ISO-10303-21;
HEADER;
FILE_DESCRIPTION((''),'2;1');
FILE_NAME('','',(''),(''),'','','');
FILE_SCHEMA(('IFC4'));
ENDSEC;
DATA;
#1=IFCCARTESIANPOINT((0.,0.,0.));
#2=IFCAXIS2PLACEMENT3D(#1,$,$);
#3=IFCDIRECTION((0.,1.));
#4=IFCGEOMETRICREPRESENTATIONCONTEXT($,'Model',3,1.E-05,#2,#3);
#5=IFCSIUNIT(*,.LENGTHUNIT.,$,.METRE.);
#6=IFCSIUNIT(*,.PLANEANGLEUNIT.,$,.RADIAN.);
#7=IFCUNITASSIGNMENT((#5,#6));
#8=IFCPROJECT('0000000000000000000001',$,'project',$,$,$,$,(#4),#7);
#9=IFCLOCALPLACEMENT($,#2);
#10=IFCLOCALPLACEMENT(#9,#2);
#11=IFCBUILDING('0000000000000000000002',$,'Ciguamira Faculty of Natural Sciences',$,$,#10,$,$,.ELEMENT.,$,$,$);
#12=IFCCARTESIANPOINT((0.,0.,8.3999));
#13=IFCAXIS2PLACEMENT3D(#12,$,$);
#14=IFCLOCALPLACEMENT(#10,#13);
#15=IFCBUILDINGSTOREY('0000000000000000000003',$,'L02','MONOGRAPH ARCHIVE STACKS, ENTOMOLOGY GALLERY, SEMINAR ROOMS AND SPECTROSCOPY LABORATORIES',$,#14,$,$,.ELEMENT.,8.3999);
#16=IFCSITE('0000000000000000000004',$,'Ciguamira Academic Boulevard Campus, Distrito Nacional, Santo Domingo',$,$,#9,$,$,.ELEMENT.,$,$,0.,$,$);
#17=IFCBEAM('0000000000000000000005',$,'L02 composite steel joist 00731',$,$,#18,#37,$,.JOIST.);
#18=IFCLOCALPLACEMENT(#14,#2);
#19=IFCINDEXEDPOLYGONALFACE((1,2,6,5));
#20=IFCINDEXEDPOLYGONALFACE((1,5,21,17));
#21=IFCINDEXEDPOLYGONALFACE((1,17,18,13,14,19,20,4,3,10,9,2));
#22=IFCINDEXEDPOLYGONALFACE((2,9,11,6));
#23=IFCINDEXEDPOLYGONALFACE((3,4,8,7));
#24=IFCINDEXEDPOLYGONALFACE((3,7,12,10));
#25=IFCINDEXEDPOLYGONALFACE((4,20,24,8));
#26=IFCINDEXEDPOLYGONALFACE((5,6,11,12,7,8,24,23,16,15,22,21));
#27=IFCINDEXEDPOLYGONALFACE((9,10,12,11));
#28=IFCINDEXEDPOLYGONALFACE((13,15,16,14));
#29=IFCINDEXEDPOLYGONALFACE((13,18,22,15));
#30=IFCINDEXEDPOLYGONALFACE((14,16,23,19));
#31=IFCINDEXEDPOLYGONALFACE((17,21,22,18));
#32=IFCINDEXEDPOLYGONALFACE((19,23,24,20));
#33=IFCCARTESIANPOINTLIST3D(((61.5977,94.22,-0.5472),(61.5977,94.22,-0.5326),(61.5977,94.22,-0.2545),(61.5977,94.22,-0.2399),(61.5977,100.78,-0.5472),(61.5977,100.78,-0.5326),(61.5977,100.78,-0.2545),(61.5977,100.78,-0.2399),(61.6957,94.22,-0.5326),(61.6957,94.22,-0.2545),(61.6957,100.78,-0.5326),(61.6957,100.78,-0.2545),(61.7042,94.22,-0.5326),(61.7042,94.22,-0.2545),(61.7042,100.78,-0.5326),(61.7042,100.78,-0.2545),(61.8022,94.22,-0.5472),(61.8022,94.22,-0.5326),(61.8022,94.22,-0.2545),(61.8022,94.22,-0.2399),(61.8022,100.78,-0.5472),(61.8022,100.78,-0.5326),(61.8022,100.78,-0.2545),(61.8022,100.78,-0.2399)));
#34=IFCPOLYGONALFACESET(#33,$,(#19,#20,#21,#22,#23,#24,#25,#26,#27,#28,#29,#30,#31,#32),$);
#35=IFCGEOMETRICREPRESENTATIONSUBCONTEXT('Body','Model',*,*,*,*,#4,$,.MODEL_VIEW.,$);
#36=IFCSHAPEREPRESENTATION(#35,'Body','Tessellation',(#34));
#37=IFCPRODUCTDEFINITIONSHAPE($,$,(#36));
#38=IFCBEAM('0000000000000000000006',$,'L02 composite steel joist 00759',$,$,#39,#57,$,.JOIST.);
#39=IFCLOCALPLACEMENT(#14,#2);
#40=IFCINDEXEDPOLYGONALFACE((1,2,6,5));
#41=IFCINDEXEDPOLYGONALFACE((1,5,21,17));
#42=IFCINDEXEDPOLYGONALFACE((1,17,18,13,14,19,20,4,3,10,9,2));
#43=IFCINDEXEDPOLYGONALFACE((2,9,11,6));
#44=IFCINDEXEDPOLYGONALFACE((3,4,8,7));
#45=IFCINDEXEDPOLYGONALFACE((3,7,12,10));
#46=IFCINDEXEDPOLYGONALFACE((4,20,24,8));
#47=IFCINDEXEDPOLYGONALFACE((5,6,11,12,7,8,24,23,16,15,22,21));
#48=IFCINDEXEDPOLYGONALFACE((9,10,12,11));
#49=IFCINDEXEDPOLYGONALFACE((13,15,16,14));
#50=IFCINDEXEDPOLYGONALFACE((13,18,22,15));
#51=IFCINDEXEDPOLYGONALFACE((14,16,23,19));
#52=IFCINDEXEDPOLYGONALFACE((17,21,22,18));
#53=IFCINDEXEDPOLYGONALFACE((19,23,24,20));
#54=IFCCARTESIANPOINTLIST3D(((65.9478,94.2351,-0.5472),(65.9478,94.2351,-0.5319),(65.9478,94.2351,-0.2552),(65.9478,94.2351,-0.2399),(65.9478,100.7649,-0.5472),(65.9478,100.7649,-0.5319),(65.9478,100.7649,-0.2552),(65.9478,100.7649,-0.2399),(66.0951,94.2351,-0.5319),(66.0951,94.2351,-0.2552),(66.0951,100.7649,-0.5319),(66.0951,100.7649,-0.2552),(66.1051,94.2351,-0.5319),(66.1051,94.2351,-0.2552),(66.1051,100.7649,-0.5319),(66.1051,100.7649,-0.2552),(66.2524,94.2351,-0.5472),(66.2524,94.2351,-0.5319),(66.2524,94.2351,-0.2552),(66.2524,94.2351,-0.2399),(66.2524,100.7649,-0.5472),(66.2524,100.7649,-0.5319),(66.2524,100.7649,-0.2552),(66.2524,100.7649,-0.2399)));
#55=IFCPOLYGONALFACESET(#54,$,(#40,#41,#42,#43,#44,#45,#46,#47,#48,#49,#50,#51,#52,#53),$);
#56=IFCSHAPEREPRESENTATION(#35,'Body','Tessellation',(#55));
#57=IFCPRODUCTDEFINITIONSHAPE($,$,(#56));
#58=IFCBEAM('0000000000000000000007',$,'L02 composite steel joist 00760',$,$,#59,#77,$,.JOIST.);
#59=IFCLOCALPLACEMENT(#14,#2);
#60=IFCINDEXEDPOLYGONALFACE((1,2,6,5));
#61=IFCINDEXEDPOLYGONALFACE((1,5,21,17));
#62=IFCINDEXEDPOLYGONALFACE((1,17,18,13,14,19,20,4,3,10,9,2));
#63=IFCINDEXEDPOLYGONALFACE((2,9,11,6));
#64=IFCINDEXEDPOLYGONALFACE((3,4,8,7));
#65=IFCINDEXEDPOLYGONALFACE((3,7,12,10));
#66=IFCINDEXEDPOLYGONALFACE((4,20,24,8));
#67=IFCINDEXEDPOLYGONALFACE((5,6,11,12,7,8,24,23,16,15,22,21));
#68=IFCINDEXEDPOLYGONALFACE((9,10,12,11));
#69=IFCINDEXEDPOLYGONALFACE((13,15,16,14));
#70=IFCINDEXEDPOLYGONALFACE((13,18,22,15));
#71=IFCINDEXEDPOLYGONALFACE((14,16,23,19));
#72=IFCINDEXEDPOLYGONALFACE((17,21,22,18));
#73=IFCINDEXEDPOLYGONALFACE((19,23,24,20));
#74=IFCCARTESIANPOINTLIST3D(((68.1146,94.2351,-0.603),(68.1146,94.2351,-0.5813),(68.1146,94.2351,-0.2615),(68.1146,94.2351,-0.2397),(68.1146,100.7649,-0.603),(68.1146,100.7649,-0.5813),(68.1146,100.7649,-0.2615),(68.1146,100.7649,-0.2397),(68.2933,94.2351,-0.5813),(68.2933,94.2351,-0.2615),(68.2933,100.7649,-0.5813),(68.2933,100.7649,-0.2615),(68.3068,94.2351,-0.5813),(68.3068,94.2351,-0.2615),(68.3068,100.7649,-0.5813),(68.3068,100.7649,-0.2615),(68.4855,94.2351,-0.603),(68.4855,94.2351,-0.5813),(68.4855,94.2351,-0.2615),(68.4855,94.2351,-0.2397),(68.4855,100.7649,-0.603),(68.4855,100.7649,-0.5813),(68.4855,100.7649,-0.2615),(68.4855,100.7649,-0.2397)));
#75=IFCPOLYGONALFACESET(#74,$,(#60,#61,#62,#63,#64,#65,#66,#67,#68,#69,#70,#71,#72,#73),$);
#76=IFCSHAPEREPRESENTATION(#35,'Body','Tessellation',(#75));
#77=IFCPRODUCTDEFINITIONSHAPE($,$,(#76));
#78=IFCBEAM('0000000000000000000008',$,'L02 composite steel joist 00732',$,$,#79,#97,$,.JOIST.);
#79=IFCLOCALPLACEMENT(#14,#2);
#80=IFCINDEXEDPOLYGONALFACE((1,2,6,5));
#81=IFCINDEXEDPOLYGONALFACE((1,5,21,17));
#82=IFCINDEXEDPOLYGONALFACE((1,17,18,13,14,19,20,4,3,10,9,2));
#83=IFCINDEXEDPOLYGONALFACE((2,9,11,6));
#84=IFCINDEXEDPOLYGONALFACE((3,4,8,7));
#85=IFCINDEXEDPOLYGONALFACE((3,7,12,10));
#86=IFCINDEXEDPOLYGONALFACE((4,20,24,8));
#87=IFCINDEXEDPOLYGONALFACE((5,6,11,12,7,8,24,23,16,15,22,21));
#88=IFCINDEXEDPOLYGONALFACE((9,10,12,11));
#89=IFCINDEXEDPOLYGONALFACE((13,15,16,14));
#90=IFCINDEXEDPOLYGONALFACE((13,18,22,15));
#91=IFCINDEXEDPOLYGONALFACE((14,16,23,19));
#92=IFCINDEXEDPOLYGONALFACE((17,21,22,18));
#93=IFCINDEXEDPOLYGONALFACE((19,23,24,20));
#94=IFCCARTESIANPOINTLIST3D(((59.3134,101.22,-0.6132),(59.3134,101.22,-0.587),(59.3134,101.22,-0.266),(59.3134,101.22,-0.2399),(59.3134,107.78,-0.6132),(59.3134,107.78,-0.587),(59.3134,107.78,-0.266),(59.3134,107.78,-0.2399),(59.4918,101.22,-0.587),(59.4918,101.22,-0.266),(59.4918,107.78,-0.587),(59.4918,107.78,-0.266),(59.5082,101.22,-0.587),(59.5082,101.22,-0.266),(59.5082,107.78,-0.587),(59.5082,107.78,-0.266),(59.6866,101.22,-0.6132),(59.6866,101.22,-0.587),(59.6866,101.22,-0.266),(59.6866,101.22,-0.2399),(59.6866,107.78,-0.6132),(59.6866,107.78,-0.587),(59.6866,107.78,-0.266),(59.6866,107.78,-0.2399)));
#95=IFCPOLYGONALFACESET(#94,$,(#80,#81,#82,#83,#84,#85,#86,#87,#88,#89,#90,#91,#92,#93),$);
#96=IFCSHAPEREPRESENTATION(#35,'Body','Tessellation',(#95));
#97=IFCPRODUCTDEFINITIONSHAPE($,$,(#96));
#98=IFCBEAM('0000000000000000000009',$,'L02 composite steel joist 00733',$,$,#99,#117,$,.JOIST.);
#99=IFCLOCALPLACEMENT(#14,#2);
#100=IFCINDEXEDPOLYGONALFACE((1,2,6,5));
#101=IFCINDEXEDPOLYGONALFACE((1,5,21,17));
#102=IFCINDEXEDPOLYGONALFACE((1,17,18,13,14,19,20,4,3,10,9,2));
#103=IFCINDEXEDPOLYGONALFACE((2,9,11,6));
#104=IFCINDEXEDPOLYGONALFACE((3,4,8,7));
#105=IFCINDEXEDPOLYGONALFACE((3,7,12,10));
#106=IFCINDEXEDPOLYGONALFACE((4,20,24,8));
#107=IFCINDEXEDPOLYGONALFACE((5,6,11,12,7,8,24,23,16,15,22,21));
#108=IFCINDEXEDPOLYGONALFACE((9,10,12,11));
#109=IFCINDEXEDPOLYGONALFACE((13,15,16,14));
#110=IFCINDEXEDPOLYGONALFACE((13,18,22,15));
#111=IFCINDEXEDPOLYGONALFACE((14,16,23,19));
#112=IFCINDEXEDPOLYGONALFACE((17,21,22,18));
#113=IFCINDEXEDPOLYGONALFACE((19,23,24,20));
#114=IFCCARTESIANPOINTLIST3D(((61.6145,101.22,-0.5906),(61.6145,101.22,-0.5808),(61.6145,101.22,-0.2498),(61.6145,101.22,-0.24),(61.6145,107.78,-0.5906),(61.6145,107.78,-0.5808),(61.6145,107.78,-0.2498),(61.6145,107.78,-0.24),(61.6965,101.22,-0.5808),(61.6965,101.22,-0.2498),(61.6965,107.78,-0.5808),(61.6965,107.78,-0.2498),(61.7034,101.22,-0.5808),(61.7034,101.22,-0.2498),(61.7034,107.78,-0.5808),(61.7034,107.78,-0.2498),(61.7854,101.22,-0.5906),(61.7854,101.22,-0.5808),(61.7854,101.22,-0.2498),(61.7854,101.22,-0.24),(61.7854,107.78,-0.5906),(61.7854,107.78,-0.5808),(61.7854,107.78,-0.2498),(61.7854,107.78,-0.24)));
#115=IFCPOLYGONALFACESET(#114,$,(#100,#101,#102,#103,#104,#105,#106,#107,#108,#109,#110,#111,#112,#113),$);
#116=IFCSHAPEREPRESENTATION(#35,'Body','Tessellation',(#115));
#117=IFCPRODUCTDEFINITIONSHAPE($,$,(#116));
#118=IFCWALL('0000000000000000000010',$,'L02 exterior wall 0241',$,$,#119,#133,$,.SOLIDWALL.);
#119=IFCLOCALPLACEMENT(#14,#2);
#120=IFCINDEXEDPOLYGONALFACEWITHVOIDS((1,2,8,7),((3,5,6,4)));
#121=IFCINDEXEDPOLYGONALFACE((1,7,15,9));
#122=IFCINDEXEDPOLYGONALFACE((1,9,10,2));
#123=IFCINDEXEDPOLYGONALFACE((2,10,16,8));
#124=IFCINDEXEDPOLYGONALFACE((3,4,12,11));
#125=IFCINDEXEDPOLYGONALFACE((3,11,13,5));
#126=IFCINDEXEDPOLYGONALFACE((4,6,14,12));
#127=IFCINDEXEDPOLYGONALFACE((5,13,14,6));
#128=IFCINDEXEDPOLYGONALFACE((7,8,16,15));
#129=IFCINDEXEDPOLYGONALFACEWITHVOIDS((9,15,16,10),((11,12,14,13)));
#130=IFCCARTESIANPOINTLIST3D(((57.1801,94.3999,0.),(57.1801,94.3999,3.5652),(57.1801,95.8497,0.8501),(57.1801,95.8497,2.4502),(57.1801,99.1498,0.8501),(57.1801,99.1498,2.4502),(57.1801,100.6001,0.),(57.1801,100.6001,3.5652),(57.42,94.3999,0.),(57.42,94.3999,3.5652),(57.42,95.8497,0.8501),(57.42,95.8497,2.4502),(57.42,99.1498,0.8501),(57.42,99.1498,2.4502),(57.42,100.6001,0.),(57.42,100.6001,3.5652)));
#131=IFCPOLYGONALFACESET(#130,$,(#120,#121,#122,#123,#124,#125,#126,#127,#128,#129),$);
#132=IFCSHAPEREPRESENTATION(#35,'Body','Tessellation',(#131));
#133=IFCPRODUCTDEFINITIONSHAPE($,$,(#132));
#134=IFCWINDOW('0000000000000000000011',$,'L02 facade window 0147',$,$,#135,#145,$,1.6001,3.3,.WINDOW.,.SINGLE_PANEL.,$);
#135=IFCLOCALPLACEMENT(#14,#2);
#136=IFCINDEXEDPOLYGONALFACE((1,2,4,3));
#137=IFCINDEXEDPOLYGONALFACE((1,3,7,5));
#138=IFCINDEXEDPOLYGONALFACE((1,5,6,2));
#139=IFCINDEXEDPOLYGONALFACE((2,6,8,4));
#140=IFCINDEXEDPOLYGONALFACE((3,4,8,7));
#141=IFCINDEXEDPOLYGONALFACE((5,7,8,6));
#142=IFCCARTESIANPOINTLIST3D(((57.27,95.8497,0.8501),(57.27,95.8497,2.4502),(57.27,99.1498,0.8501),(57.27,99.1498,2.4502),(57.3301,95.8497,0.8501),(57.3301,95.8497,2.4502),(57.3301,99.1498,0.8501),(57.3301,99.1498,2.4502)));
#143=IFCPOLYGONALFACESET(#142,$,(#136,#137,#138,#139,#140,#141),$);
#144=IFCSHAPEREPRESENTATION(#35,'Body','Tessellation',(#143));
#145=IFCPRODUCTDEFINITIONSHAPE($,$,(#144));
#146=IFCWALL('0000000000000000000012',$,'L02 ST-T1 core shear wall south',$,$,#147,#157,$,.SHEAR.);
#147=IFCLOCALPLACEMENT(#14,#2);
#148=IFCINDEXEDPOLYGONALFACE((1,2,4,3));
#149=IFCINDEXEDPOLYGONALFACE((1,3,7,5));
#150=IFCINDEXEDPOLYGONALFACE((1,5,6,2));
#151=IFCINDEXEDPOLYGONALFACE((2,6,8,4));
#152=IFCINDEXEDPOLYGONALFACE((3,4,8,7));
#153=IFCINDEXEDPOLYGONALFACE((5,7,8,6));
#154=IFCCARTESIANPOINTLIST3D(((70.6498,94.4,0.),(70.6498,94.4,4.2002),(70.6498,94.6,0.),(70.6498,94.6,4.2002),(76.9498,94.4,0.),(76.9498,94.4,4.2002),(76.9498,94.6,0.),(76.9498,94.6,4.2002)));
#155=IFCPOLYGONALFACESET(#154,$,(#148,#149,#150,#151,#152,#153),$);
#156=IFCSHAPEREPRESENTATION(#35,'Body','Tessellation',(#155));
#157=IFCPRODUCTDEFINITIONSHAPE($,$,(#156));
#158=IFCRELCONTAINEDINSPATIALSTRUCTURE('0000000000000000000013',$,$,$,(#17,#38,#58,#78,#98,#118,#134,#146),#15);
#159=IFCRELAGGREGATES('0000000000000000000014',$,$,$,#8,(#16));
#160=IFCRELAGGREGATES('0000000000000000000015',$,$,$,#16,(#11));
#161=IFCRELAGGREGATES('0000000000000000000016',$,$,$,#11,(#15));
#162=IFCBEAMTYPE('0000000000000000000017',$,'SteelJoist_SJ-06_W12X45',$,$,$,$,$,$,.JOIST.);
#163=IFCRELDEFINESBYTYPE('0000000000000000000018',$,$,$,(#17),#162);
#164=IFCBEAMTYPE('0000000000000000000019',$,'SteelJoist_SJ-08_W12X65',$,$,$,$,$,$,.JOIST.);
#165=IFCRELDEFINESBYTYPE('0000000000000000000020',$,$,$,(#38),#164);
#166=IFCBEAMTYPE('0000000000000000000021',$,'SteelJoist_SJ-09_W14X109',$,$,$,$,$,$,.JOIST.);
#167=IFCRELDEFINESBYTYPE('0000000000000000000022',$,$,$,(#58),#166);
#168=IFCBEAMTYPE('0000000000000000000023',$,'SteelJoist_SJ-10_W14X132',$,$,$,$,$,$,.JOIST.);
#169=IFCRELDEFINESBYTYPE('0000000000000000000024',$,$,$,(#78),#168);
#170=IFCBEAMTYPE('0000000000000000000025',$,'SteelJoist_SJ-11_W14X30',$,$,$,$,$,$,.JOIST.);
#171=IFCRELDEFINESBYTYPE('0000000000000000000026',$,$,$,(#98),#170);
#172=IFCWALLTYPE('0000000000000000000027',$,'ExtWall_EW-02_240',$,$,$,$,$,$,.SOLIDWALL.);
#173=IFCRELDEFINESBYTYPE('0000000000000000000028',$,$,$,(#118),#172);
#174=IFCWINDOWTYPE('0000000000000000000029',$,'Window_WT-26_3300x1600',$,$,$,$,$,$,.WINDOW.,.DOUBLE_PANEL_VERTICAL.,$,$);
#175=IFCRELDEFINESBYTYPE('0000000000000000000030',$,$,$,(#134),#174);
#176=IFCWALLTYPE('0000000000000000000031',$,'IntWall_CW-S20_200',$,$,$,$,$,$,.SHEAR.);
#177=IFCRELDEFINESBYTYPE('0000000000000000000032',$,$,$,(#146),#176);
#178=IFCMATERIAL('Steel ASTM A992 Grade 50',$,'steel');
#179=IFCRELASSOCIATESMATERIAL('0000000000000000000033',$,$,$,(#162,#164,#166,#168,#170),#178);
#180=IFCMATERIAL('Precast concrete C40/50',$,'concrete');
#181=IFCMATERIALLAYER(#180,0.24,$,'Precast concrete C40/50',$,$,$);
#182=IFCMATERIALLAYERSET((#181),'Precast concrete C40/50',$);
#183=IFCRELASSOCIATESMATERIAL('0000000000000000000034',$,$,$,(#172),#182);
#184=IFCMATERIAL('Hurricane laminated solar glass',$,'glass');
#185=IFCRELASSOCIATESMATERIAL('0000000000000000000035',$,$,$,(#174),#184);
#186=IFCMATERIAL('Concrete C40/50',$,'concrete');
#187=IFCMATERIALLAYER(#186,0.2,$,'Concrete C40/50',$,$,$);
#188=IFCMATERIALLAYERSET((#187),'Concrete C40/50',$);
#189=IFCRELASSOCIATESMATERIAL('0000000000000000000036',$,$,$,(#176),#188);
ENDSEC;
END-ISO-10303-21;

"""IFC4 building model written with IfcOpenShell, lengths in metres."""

from ifc_helpers import new_model, si_unit, direction, frame, frame_2d, origin, origin_2d, place, context, subcontext, project, spatial, rectangle, i_section, extrude, material, layer, layer_set, material_profile, profile_set, type_object, element, fill, save


model = new_model("IFC4")

# Units and contexts
model_context = context("Model", 3, precision=1e-05, world=origin(), true_north=direction((0.0, 1.0)))
body_context = subcontext(model_context, "Body", "Model", "MODEL_VIEW")
ifc_project = project(units=[si_unit("LENGTHUNIT", "METRE"), si_unit("PLANEANGLEUNIT", "RADIAN")], contexts=[model_context])

# Site, building, storey
site_placement = place(None, origin())
site = spatial("IfcSite", under=ifc_project, at=site_placement, Name="Ciguamira Academic Boulevard Campus, Distrito Nacional, Santo Domingo", CompositionType="ELEMENT", RefElevation=0.0)
building_placement = place(site_placement, origin())
building = spatial("IfcBuilding", under=site, at=building_placement, Name="Ciguamira Faculty of Natural Sciences", CompositionType="ELEMENT")
storey_placement = place(building_placement, frame((0.0, 0.0, 8.3999)))
storey = spatial("IfcBuildingStorey", under=building, at=storey_placement, Name="L02", Description="MONOGRAPH ARCHIVE STACKS, ENTOMOLOGY GALLERY, SEMINAR ROOMS AND SPECTROSCOPY LABORATORIES", CompositionType="ELEMENT", Elevation=8.3999)

# Shared definitions
ifc_material_1 = material(Name="Concrete C40/50", Category="concrete")

# Beams
ifc_material_2 = material(Name="Precast concrete C40/50", Category="concrete")
ifc_material_3 = material(Name="Steel ASTM A992 Grade 50", Category="steel")
ifc_material_profile_1 = material_profile(ifc_material_3, i_section(OverallWidth=0.2046, OverallDepth=0.3074, WebThickness=0.0085, FlangeThickness=0.0146, at=origin_2d()), Name="W12X45")
ifc_profile_set_1 = profile_set([ifc_material_profile_1], Name="Steel ASTM A992 Grade 50")
beam_type_1 = type_object("IfcBeamType", Name="SteelJoist_SJ-06_W12X45", PredefinedType="JOIST", material=ifc_profile_set_1)
beam_1_placement = place(storey_placement, frame((61.7, 94.22, -0.3936), z_axis=(0.0, 1.0, 0.0), x_axis=(-1.0, 0.0, 0.0)))
element("IfcBeam", 1, at=beam_1_placement, inside=storey, type_object=beam_type_1, Name="L02 composite steel joist 00731", PredefinedType="JOIST", context=body_context, shape_type="SweptSolid", body=[
    extrude(i_section(OverallWidth=0.2046, OverallDepth=0.3074, WebThickness=0.0085, FlangeThickness=0.0146, at=origin_2d()), origin(), (0.0, 0.0, 1.0), 6.5601),
])
ifc_material_profile_2 = material_profile(ifc_material_3, i_section(OverallWidth=0.3047, OverallDepth=0.3074, WebThickness=0.01, FlangeThickness=0.0154, at=origin_2d()), Name="W12X65")
ifc_profile_set_2 = profile_set([ifc_material_profile_2], Name="Steel ASTM A992 Grade 50")
beam_type_2 = type_object("IfcBeamType", Name="SteelJoist_SJ-08_W12X65", PredefinedType="JOIST", material=ifc_profile_set_2)
beam_2_placement = place(storey_placement, frame((66.1001, 94.2351, -0.3936), z_axis=(0.0, 1.0, 0.0), x_axis=(-1.0, 0.0, 0.0)))
element("IfcBeam", 2, at=beam_2_placement, inside=storey, type_object=beam_type_2, Name="L02 composite steel joist 00759", PredefinedType="JOIST", context=body_context, shape_type="SweptSolid", body=[
    extrude(i_section(OverallWidth=0.3047, OverallDepth=0.3074, WebThickness=0.01, FlangeThickness=0.0154, at=origin_2d()), origin(), (0.0, 0.0, 1.0), 6.5298),
])
ifc_material_profile_3 = material_profile(ifc_material_3, i_section(OverallWidth=0.3708, OverallDepth=0.3633, WebThickness=0.0134, FlangeThickness=0.0217, at=origin_2d()), Name="W14X109")
ifc_profile_set_3 = profile_set([ifc_material_profile_3], Name="Steel ASTM A992 Grade 50")
beam_type_3 = type_object("IfcBeamType", Name="SteelJoist_SJ-09_W14X109", PredefinedType="JOIST", material=ifc_profile_set_3)
beam_3_placement = place(storey_placement, frame((68.3, 94.2351, -0.4214), z_axis=(0.0, 1.0, 0.0), x_axis=(-1.0, 0.0, 0.0)))
element("IfcBeam", 3, at=beam_3_placement, inside=storey, type_object=beam_type_3, Name="L02 composite steel joist 00760", PredefinedType="JOIST", context=body_context, shape_type="SweptSolid", body=[
    extrude(i_section(OverallWidth=0.3708, OverallDepth=0.3633, WebThickness=0.0134, FlangeThickness=0.0217, at=origin_2d()), origin(), (0.0, 0.0, 1.0), 6.5298),
])
ifc_material_profile_4 = material_profile(ifc_material_3, i_section(OverallWidth=0.3733, OverallDepth=0.3733, WebThickness=0.0164, FlangeThickness=0.0261, at=origin_2d()), Name="W14X132")
ifc_profile_set_4 = profile_set([ifc_material_profile_4], Name="Steel ASTM A992 Grade 50")
beam_type_4 = type_object("IfcBeamType", Name="SteelJoist_SJ-10_W14X132", PredefinedType="JOIST", material=ifc_profile_set_4)
beam_4_placement = place(storey_placement, frame((59.5, 101.22, -0.4265), z_axis=(0.0, 1.0, 0.0), x_axis=(-1.0, 0.0, 0.0)))
element("IfcBeam", 4, at=beam_4_placement, inside=storey, type_object=beam_type_4, Name="L02 composite steel joist 00732", PredefinedType="JOIST", context=body_context, shape_type="SweptSolid", body=[
    extrude(i_section(OverallWidth=0.3733, OverallDepth=0.3733, WebThickness=0.0164, FlangeThickness=0.0261, at=origin_2d()), origin(), (0.0, 0.0, 1.0), 6.5601),
])
ifc_material_profile_5 = material_profile(ifc_material_3, i_section(OverallWidth=0.1709, OverallDepth=0.3506, WebThickness=0.0068, FlangeThickness=0.0098, at=origin_2d()), Name="W14X30")
ifc_profile_set_5 = profile_set([ifc_material_profile_5], Name="Steel ASTM A992 Grade 50")
beam_type_5 = type_object("IfcBeamType", Name="SteelJoist_SJ-11_W14X30", PredefinedType="JOIST", material=ifc_profile_set_5)
beam_5_placement = place(storey_placement, frame((61.7, 101.22, -0.4153), z_axis=(0.0, 1.0, 0.0), x_axis=(-1.0, 0.0, 0.0)))
element("IfcBeam", 5, at=beam_5_placement, inside=storey, type_object=beam_type_5, Name="L02 composite steel joist 00733", PredefinedType="JOIST", context=body_context, shape_type="SweptSolid", body=[
    extrude(i_section(OverallWidth=0.1709, OverallDepth=0.3506, WebThickness=0.0068, FlangeThickness=0.0098, at=origin_2d()), origin(), (0.0, 0.0, 1.0), 6.5601),
])

# Wall, opening, window
ifc_layer_1 = layer(ifc_material_2, 0.24, Name="Precast concrete C40/50")
ifc_layer_set_1 = layer_set([ifc_layer_1], Name="Precast concrete C40/50")
wall_type_1 = type_object("IfcWallType", Name="ExtWall_EW-02_240", PredefinedType="SOLIDWALL", material=ifc_layer_set_1)
wall_1_placement = place(storey_placement, frame((57.3, 94.3999, 0.0), z_axis=(0.0, 0.0, 1.0), x_axis=(0.0, 1.0, 0.0)))
wall_1 = element("IfcWall", 6, at=wall_1_placement, inside=storey, type_object=wall_type_1, Name="L02 exterior wall 0241", PredefinedType="SOLIDWALL", context=body_context, shape_type="SweptSolid", body=[
    extrude(rectangle(XDim=6.2002, YDim=0.24, at=frame_2d((3.1001, 0.0))), origin(), (0.0, 0.0, 1.0), 3.5652),
])
opening_1_placement = place(wall_1_placement, frame((1.45, 0.0, 0.8501)))
opening_1 = element("IfcOpeningElement", 7, at=opening_1_placement, cuts=wall_1, PredefinedType="OPENING", context=body_context, shape_type="SweptSolid", body=[
    extrude(rectangle(XDim=3.3, YDim=1.6001, at=frame_2d((1.6499, 0.8))), frame((0.0, 0.1299, 0.0), z_axis=(0.0, -1.0, 0.0), x_axis=(1.0, 0.0, 0.0)), (0.0, 0.0, 1.0), 0.26),
])
ifc_material_4 = material(Name="Hurricane laminated solar glass", Category="glass")
window_type = type_object("IfcWindowType", Name="Window_WT-26_3300x1600", PartitioningType="DOUBLE_PANEL_VERTICAL", PredefinedType="WINDOW", material=ifc_material_4)
window_placement = place(opening_1_placement, origin())
window = element("IfcWindow", 8, at=window_placement, inside=storey, type_object=window_type, Name="L02 facade window 0147", OverallHeight=1.6001, OverallWidth=3.3, PartitioningType="SINGLE_PANEL", PredefinedType="WINDOW", context=body_context, shape_type="SweptSolid", body=[
    extrude(rectangle(XDim=3.3, YDim=1.6001, at=frame_2d((1.6499, 0.8))), frame((0.0, 0.03, 0.0), z_axis=(0.0, -1.0, 0.0), x_axis=(1.0, 0.0, 0.0)), (0.0, 0.0, 1.0), 0.0601),
])
fill(opening_1, window)

# Wall
ifc_layer_2 = layer(ifc_material_1, 0.2, Name="Concrete C40/50")
ifc_layer_set_2 = layer_set([ifc_layer_2], Name="Concrete C40/50")
wall_type_2 = type_object("IfcWallType", Name="IntWall_CW-S20_200", PredefinedType="SHEAR", material=ifc_layer_set_2)
wall_2_placement = place(storey_placement, frame((70.6499, 94.5, 0.0), z_axis=(0.0, 0.0, 1.0), x_axis=(1.0, 0.0, 0.0)))
element("IfcWall", 9, at=wall_2_placement, inside=storey, type_object=wall_type_2, Name="L02 ST-T1 core shear wall south", PredefinedType="SHEAR", context=body_context, shape_type="SweptSolid", body=[
    extrude(rectangle(XDim=6.3, YDim=0.2, at=frame_2d((3.1499, 0.0))), origin(), (0.0, 0.0, 1.0), 4.2002),
])

save(model, "model.ifc")
